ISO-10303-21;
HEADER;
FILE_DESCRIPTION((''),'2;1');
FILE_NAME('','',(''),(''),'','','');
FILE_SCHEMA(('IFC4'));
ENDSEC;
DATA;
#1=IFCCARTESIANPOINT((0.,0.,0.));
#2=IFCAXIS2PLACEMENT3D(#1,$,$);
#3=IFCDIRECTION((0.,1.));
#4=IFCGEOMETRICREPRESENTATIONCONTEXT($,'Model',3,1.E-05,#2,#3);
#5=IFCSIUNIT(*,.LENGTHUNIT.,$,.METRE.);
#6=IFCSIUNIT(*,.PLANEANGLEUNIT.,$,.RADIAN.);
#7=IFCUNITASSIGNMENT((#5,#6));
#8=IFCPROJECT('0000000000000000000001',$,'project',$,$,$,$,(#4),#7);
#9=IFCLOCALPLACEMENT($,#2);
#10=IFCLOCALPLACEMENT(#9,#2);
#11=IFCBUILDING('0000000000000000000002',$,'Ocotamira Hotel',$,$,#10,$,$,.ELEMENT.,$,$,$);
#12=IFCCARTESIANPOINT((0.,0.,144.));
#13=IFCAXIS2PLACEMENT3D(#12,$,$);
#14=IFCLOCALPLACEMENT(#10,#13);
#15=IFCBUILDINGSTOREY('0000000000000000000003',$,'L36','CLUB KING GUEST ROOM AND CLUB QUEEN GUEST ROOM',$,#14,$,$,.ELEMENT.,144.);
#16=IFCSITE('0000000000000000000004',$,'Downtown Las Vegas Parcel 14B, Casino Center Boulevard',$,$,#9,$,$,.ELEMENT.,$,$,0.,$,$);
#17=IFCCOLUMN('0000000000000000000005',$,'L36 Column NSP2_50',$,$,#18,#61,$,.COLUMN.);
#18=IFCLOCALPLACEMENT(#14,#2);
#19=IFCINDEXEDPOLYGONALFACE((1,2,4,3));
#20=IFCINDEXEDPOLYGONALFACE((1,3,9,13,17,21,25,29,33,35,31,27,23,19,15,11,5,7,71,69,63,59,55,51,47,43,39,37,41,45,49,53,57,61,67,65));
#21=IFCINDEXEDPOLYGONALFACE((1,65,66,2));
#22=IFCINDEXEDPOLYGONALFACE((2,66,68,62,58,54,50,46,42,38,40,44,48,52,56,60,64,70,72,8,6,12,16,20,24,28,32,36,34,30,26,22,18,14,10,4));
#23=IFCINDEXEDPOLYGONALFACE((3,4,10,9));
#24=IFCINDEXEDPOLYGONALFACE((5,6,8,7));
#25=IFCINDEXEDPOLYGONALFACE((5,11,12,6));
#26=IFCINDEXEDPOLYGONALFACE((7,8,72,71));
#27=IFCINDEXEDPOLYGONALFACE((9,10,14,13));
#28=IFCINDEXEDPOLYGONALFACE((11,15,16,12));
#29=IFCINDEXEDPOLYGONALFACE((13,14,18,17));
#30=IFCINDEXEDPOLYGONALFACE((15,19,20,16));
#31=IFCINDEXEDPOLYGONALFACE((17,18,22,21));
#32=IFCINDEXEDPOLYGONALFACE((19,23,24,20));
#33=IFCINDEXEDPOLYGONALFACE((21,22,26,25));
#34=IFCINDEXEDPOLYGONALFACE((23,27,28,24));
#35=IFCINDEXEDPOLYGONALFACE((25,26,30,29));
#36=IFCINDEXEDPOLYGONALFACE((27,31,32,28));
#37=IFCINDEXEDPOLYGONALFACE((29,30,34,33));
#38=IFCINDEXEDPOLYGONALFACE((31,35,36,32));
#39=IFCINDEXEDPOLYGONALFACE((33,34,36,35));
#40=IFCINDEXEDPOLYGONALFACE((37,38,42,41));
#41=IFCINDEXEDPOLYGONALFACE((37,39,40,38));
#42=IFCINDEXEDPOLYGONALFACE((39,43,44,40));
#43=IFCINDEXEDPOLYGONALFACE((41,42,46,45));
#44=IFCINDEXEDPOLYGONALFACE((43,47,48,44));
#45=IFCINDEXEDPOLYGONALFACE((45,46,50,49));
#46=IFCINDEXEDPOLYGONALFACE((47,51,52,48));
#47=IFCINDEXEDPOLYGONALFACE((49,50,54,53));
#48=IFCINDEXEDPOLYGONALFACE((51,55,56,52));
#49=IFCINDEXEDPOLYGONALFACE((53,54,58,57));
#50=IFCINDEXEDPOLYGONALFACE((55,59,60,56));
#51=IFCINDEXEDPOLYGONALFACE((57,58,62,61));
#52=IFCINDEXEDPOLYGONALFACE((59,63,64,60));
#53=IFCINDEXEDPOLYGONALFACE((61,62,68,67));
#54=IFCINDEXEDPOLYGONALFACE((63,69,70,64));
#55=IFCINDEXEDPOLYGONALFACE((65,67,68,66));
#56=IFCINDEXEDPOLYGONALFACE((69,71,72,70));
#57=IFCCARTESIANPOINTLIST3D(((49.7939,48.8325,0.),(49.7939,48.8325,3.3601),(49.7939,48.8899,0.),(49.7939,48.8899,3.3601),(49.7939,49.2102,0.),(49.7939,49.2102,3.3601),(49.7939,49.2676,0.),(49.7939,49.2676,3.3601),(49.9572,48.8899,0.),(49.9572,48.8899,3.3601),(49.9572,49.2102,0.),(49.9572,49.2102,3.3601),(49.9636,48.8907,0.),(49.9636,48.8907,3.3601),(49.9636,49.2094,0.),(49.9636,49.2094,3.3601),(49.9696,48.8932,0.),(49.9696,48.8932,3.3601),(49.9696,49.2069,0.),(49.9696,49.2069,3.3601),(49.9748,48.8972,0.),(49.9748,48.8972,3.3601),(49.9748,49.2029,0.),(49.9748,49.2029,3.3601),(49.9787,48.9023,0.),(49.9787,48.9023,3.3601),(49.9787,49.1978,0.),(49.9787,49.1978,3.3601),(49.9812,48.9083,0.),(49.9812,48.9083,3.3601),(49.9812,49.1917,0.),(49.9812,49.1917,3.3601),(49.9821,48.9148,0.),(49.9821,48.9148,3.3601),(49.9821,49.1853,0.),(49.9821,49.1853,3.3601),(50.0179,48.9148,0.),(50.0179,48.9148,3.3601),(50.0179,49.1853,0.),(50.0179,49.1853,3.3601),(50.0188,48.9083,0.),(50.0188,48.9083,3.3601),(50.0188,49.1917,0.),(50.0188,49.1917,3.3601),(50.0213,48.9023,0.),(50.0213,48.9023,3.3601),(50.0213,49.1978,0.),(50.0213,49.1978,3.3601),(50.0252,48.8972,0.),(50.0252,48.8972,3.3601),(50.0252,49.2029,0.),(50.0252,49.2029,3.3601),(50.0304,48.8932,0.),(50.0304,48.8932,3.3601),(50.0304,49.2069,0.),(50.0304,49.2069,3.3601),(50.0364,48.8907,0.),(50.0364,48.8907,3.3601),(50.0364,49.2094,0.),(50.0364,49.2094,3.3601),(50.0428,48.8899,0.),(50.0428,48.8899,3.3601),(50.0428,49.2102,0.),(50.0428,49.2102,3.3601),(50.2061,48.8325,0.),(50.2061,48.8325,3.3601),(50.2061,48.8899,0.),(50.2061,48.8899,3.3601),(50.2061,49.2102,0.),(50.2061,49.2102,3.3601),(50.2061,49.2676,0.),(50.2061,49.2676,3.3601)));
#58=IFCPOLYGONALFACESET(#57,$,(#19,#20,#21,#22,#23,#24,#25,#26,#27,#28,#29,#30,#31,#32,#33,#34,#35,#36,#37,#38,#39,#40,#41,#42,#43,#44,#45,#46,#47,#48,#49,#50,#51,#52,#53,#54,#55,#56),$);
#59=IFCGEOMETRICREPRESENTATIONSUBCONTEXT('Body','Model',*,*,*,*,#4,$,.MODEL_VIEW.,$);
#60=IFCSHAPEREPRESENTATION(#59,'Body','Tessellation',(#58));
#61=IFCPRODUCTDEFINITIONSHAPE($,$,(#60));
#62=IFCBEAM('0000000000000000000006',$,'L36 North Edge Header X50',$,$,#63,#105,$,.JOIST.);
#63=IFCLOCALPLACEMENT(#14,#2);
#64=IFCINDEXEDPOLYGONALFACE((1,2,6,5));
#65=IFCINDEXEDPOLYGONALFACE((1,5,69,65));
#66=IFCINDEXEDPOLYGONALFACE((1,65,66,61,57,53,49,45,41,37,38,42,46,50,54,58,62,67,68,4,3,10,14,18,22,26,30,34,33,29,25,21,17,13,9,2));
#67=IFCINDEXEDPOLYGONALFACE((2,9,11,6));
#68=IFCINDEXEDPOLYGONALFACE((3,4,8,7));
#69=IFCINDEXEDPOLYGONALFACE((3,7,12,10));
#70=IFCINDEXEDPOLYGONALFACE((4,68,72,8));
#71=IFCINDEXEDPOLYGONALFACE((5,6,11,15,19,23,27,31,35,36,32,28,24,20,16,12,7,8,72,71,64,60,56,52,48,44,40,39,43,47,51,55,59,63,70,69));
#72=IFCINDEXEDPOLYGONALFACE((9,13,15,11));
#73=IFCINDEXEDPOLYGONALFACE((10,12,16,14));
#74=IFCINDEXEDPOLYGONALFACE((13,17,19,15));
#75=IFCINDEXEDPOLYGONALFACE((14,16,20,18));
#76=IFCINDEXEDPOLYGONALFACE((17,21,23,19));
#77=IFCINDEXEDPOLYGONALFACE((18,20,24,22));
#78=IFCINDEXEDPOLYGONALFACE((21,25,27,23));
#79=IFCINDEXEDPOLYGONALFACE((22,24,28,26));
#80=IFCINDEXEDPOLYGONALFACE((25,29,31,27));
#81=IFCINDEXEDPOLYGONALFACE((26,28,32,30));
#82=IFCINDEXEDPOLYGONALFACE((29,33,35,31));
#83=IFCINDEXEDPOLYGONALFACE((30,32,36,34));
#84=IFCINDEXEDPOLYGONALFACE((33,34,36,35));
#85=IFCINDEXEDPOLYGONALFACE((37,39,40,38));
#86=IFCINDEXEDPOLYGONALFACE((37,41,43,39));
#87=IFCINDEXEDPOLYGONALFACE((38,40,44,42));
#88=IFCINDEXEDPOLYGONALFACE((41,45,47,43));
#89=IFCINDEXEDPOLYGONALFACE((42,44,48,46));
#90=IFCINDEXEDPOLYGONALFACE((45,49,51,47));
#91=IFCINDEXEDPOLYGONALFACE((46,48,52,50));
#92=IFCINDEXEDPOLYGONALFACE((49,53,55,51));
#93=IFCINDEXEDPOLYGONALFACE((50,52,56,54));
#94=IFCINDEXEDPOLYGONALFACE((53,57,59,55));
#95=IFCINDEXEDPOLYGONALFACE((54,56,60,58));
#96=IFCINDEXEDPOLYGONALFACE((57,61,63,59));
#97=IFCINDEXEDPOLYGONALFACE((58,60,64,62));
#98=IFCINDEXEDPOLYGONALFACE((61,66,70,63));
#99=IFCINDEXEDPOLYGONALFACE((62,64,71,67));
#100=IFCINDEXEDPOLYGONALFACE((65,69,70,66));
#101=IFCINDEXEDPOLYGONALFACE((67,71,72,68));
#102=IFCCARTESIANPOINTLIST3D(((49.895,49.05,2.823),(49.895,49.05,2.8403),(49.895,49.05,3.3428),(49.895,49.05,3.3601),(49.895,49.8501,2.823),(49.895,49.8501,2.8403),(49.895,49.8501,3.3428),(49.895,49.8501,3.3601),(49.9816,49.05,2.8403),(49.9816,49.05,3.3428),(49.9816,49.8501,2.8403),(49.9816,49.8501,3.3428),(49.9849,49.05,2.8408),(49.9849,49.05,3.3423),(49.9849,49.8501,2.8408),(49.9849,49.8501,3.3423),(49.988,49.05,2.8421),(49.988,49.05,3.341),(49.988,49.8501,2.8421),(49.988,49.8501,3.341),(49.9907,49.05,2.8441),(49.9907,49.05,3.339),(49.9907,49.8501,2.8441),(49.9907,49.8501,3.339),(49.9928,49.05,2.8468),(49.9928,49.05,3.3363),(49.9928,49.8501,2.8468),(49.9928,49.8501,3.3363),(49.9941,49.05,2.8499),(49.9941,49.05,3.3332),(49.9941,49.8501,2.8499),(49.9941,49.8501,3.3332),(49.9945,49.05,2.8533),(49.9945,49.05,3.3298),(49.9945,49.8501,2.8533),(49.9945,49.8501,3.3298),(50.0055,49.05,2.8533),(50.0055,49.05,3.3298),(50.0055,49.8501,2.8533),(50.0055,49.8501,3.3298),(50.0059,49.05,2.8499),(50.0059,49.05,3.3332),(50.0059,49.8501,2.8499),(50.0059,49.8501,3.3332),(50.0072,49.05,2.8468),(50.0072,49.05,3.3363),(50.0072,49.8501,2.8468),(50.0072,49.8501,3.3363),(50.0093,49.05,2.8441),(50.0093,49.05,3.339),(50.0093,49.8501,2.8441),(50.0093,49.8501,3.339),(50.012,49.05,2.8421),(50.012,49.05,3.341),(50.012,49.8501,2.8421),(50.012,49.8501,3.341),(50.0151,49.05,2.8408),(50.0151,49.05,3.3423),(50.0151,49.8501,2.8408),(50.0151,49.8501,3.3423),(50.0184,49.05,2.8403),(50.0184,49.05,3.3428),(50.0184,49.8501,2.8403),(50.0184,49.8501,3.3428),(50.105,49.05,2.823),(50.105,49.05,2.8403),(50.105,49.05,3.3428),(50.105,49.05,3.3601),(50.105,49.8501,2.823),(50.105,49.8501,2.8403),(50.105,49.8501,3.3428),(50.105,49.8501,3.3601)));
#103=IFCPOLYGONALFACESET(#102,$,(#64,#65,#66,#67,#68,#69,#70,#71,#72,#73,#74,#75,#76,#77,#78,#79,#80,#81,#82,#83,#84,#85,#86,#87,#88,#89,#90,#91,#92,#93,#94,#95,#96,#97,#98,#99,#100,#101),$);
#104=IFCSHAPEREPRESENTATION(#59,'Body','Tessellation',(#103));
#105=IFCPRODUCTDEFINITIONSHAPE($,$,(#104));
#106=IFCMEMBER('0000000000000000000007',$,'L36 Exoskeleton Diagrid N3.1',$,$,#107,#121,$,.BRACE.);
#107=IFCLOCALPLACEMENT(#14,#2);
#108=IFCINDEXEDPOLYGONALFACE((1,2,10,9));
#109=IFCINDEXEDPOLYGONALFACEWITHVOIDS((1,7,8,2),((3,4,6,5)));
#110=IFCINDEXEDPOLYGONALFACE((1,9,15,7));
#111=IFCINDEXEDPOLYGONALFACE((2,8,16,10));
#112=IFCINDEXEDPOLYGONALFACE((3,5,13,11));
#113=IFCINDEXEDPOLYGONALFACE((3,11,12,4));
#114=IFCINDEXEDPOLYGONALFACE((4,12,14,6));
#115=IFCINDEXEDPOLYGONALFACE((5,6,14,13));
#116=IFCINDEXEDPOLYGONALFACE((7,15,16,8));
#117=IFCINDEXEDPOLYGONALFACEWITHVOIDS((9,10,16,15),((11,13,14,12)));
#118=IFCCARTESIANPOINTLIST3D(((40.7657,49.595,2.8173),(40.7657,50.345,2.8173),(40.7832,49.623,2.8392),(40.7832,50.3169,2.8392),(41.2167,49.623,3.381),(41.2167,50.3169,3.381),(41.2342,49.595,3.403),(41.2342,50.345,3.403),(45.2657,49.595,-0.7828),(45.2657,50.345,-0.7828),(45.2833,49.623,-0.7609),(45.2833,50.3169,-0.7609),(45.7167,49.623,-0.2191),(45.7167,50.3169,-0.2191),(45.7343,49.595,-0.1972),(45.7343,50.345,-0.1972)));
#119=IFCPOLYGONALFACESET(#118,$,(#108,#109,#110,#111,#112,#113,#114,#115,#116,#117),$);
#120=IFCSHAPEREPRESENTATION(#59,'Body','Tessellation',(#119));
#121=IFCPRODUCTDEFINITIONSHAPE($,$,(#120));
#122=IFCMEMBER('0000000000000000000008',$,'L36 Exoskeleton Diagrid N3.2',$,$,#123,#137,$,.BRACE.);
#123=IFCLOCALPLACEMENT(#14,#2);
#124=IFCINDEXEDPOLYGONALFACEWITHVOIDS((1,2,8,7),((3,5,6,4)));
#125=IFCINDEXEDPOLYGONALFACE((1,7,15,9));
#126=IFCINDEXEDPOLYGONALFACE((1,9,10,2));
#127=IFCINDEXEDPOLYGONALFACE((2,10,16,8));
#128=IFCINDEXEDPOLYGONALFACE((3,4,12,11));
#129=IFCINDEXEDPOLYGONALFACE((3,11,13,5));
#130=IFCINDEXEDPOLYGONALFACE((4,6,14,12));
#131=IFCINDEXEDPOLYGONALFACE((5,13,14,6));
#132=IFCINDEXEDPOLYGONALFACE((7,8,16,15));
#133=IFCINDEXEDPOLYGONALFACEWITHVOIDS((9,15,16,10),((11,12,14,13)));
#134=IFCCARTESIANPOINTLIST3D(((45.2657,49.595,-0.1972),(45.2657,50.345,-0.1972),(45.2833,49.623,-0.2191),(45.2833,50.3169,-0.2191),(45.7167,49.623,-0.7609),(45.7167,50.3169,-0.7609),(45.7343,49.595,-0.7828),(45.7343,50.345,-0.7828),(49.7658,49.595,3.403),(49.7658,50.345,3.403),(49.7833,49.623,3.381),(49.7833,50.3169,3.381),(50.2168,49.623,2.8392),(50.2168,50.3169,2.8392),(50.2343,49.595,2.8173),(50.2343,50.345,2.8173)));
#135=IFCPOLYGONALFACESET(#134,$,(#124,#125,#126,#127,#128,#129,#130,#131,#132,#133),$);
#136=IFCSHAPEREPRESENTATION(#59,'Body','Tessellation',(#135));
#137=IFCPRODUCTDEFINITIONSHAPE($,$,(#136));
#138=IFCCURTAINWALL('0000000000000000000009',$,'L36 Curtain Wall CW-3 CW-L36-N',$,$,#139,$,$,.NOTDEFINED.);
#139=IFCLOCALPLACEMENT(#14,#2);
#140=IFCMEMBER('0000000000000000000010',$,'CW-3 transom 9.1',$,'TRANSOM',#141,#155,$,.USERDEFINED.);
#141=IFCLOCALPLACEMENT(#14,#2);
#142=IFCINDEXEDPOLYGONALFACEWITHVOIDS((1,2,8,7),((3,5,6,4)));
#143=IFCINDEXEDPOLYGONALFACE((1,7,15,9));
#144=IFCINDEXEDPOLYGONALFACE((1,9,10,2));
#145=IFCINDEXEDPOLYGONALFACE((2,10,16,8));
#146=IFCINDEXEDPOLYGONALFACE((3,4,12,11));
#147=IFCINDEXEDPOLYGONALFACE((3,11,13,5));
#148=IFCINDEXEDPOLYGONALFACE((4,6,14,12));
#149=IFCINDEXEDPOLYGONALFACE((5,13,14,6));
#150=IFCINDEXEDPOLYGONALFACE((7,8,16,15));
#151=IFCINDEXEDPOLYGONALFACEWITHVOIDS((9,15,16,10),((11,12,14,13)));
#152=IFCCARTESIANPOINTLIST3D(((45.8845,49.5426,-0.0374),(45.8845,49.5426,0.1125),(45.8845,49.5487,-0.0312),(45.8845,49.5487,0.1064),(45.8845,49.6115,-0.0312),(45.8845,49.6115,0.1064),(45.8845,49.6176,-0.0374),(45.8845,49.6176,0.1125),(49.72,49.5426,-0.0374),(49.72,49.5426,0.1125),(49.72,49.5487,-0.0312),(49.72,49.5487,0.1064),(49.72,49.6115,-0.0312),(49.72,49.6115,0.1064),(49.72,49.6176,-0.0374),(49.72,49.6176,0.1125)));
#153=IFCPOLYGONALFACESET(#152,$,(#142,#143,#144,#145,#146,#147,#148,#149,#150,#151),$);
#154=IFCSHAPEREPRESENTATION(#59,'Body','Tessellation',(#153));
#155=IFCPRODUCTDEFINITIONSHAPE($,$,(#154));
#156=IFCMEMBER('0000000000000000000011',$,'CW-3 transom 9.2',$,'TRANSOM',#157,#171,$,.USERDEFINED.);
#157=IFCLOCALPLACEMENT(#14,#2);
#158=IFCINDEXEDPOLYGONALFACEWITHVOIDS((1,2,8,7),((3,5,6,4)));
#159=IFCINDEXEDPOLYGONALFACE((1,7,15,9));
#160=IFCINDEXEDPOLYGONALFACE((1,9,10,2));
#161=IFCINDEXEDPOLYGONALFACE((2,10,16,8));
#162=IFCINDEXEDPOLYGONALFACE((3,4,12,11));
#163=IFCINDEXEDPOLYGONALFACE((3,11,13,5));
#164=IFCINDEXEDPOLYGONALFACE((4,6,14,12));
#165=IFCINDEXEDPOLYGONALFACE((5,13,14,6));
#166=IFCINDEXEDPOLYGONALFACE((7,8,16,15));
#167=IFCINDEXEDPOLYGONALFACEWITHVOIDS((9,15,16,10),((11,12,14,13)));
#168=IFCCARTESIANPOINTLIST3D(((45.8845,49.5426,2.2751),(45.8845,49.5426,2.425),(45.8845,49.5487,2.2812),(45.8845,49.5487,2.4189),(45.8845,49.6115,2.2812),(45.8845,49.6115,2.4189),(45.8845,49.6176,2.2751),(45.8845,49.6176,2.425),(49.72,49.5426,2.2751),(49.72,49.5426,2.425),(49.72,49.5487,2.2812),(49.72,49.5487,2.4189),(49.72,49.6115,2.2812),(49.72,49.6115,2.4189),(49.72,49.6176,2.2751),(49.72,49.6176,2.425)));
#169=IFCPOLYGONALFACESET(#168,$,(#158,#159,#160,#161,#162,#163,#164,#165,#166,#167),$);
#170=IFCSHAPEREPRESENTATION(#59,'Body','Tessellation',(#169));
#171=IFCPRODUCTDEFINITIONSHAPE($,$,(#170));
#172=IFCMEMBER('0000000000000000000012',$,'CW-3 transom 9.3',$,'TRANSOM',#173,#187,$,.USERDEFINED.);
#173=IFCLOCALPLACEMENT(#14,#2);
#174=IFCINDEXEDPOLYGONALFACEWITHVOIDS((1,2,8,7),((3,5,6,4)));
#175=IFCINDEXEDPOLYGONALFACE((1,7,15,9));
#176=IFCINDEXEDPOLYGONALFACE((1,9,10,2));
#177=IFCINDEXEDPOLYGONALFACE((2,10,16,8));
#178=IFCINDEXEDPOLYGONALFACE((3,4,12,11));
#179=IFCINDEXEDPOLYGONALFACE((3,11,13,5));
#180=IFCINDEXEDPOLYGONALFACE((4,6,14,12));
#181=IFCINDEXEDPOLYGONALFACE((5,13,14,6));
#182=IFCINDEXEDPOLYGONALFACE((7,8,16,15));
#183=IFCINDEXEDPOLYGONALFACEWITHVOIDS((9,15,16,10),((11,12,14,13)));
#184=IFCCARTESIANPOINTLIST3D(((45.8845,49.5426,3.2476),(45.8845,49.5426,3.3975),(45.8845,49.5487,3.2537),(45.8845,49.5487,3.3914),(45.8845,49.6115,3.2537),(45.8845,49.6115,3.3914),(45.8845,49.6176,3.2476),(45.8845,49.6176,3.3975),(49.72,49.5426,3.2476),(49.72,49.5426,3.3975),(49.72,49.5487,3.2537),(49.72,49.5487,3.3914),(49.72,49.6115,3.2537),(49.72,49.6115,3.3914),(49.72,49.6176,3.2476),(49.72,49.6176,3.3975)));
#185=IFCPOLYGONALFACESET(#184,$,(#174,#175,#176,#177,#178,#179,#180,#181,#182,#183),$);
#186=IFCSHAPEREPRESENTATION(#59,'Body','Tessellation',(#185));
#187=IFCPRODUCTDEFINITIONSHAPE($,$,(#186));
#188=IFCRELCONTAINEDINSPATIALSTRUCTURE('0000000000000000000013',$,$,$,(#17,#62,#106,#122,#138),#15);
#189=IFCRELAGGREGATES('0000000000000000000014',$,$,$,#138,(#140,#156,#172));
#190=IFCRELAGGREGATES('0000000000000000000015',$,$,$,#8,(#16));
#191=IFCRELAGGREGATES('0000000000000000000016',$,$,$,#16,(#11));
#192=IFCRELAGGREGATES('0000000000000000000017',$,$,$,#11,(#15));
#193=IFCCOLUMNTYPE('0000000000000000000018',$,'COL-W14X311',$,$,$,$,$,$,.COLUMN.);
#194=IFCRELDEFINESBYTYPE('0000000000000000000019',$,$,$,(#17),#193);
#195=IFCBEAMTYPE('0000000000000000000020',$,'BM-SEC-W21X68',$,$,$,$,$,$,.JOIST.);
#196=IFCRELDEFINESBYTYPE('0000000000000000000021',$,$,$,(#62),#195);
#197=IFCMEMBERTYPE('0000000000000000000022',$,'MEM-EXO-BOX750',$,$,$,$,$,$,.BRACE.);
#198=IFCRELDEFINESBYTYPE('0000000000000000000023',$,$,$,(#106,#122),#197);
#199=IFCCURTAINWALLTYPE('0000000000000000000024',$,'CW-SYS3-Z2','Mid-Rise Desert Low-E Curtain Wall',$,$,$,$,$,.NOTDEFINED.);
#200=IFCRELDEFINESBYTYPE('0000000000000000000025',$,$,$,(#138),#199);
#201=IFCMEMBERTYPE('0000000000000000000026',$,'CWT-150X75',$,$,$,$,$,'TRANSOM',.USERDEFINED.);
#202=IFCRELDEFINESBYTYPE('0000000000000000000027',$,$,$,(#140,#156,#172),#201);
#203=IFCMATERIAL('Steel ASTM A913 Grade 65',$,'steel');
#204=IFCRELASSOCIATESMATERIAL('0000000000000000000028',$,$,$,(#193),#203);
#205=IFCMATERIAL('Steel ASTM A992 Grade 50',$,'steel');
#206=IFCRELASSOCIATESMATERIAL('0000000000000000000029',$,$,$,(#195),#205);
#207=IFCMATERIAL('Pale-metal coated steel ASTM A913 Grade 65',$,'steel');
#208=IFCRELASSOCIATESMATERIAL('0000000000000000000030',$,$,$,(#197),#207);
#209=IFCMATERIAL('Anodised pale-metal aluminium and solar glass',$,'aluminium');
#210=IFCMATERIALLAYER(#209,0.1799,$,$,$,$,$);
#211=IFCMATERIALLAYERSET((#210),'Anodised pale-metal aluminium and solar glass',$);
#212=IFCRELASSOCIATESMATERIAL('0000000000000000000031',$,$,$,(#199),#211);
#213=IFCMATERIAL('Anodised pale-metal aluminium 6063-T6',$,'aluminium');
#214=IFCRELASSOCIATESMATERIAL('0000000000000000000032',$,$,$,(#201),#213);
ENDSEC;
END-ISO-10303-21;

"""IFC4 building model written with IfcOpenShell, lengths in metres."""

from ifc_helpers import new_model, si_unit, direction, frame, origin, origin_2d, place, context, subcontext, project, spatial, hollow_rectangle, i_section, extrude, source, transform, mapped, material, layer, layer_set, material_profile, profile_set, type_object, element, aggregate, save


model = new_model("IFC4")

# Units and contexts
model_context = context("Model", 3, precision=1e-05, world=origin(), true_north=direction((0.0, 1.0)))
body_context = subcontext(model_context, "Body", "Model", "MODEL_VIEW")
ifc_project = project(units=[si_unit("LENGTHUNIT", "METRE"), si_unit("PLANEANGLEUNIT", "RADIAN")], contexts=[model_context])

# Site, building, storey
site_placement = place(None, origin())
site = spatial("IfcSite", under=ifc_project, at=site_placement, Name="Downtown Las Vegas Parcel 14B, Casino Center Boulevard", CompositionType="ELEMENT", RefElevation=0.0)
building_placement = place(site_placement, origin())
building = spatial("IfcBuilding", under=site, at=building_placement, Name="Ocotamira Hotel", CompositionType="ELEMENT")
storey_placement = place(building_placement, frame((0.0, 0.0, 144.0)))
storey = spatial("IfcBuildingStorey", under=building, at=storey_placement, Name="L36", Description="CLUB KING GUEST ROOM AND CLUB QUEEN GUEST ROOM", CompositionType="ELEMENT", Elevation=144.0)

# Column
ifc_material_1 = material(Name="Steel ASTM A913 Grade 65", Category="steel")
ifc_material_profile_1 = material_profile(ifc_material_1, i_section(OverallWidth=0.4121, OverallDepth=0.4351, WebThickness=0.0359, FlangeThickness=0.0574, FilletRadius=0.0249, at=origin_2d()), Name="W14X311")
ifc_profile_set_1 = profile_set([ifc_material_profile_1], Name="Steel ASTM A913 Grade 65")
column_type = type_object("IfcColumnType", Name="COL-W14X311", PredefinedType="COLUMN", material=ifc_profile_set_1)
shared_shape_1 = source(origin(), body_context, "Body", "SweptSolid", [
    extrude(i_section(OverallWidth=0.4121, OverallDepth=0.4351, WebThickness=0.0359, FlangeThickness=0.0574, FilletRadius=0.0249, at=origin_2d()), origin(), (0.0, 0.0, 1.0), 3.3601),
])
column_placement = place(storey_placement, frame((50.0, 49.05, 0.0), z_axis=(0.0, 0.0, 1.0), x_axis=(1.0, 0.0, 0.0)))
element("IfcColumn", 1, at=column_placement, inside=storey, type_object=column_type, Name="L36 Column NSP2_50", PredefinedType="COLUMN", context=body_context, shape_type="MappedRepresentation", body=[
    mapped(shared_shape_1, transform((0.0, 0.0, 0.0), scale=1.0)),
])

# Beam
ifc_material_2 = material(Name="Steel ASTM A992 Grade 50", Category="steel")
ifc_material_profile_2 = material_profile(ifc_material_2, i_section(OverallWidth=0.21, OverallDepth=0.5371, WebThickness=0.011, FlangeThickness=0.0173, FilletRadius=0.0129, at=origin_2d()), Name="W21X68")
ifc_profile_set_2 = profile_set([ifc_material_profile_2], Name="Steel ASTM A992 Grade 50")
beam_type = type_object("IfcBeamType", Name="BM-SEC-W21X68", PredefinedType="JOIST", material=ifc_profile_set_2)
shared_shape_2 = source(origin(), body_context, "Body", "SweptSolid", [
    extrude(i_section(OverallWidth=0.21, OverallDepth=0.5371, WebThickness=0.011, FlangeThickness=0.0173, FilletRadius=0.0129, at=origin_2d()), origin(), (0.0, 0.0, 1.0), 0.8),
])
beam_placement = place(storey_placement, frame((50.0, 49.05, 3.0916), z_axis=(0.0, 1.0, 0.0), x_axis=(-1.0, 0.0, 0.0)))
element("IfcBeam", 2, at=beam_placement, inside=storey, type_object=beam_type, Name="L36 North Edge Header X50", PredefinedType="JOIST", context=body_context, shape_type="MappedRepresentation", body=[
    mapped(shared_shape_2, transform((0.0, 0.0, 0.0), scale=1.0)),
])

# Members
ifc_material_3 = material(Name="Pale-metal coated steel ASTM A913 Grade 65", Category="steel")
ifc_material_profile_3 = material_profile(ifc_material_3, hollow_rectangle(XDim=0.75, YDim=0.75, WallThickness=0.0281, at=origin_2d()), Name="BOX750X750X28")
ifc_profile_set_3 = profile_set([ifc_material_profile_3], Name="Pale-metal coated steel ASTM A913 Grade 65")
member_type_1 = type_object("IfcMemberType", Name="MEM-EXO-BOX750", PredefinedType="BRACE", material=ifc_profile_set_3)
shared_shape_3 = source(origin(), body_context, "Body", "SweptSolid", [
    extrude(hollow_rectangle(XDim=0.75, YDim=0.75, WallThickness=0.0281, at=origin_2d()), origin(), (0.0, 0.0, 1.0), 5.7629),
])
for number, where, z_axis, x_axis, name in (
    (3, (45.5, 49.97, -0.49), (-0.780861, 0.0, 0.624705), (0.0, -1.0, 0.0), "L36 Exoskeleton Diagrid N3.1"),
    (4, (45.5, 49.97, -0.49), (0.780861, 0.0, 0.624705), (0.0, 1.0, 0.0), "L36 Exoskeleton Diagrid N3.2"),
):
    element("IfcMember", number, at=place(storey_placement, frame(where, z_axis=z_axis, x_axis=x_axis)), inside=storey, type_object=member_type_1, Name=name, PredefinedType="BRACE", context=body_context, shape_type="MappedRepresentation", body=[
        mapped(shared_shape_3, transform((0.0, 0.0, 0.0), scale=1.0)),
    ])

# Curtain wall, members
ifc_material_4 = material(Name="Anodised pale-metal aluminium and solar glass", Category="aluminium")
ifc_layer_1 = layer(ifc_material_4, 0.1799)
ifc_layer_set_1 = layer_set([ifc_layer_1], Name="Anodised pale-metal aluminium and solar glass")
curtain_wall_type = type_object("IfcCurtainWallType", Name="CW-SYS3-Z2", Description="Mid-Rise Desert Low-E Curtain Wall", PredefinedType="NOTDEFINED", material=ifc_layer_set_1)
curtain_wall_placement = place(storey_placement, origin())
curtain_wall = element("IfcCurtainWall", 5, at=curtain_wall_placement, inside=storey, type_object=curtain_wall_type, Name="L36 Curtain Wall CW-3 CW-L36-N", PredefinedType="NOTDEFINED")
ifc_material_5 = material(Name="Anodised pale-metal aluminium 6063-T6", Category="aluminium")
ifc_material_profile_4 = material_profile(ifc_material_5, hollow_rectangle(XDim=0.075, YDim=0.1499, WallThickness=0.0061, at=origin_2d()), Name="HSS150X75X6")
ifc_profile_set_4 = profile_set([ifc_material_profile_4], Name="Anodised pale-metal aluminium 6063-T6")
member_type_2 = type_object("IfcMemberType", Name="CWT-150X75", ElementType="TRANSOM", PredefinedType="USERDEFINED", material=ifc_profile_set_4)
shared_shape_4 = source(origin(), body_context, "Body", "SweptSolid", [
    extrude(hollow_rectangle(XDim=0.075, YDim=0.1499, WallThickness=0.0061, at=origin_2d()), origin(), (0.0, 0.0, 1.0), 3.8354),
])
member_1_placement = place(storey_placement, frame((45.8845, 49.5801, 0.0376), z_axis=(1.0, 0.0, 0.0), x_axis=(0.0, 1.0, 0.0)))
member_1 = element("IfcMember", 6, at=member_1_placement, type_object=member_type_2, Name="CW-3 transom 9.1", ObjectType="TRANSOM", PredefinedType="USERDEFINED", context=body_context, shape_type="MappedRepresentation", body=[
    mapped(shared_shape_4, transform((0.0, 0.0, 0.0), scale=1.0)),
])
member_2_placement = place(storey_placement, frame((45.8845, 49.5801, 2.3501), z_axis=(1.0, 0.0, 0.0), x_axis=(0.0, 1.0, 0.0)))
member_2 = element("IfcMember", 7, at=member_2_placement, type_object=member_type_2, Name="CW-3 transom 9.2", ObjectType="TRANSOM", PredefinedType="USERDEFINED", context=body_context, shape_type="MappedRepresentation", body=[
    mapped(shared_shape_4, transform((0.0, 0.0, 0.0), scale=1.0)),
])
member_3_placement = place(storey_placement, frame((45.8845, 49.5801, 3.3225), z_axis=(1.0, 0.0, 0.0), x_axis=(0.0, 1.0, 0.0)))
member_3 = element("IfcMember", 8, at=member_3_placement, type_object=member_type_2, Name="CW-3 transom 9.3", ObjectType="TRANSOM", PredefinedType="USERDEFINED", context=body_context, shape_type="MappedRepresentation", body=[
    mapped(shared_shape_4, transform((0.0, 0.0, 0.0), scale=1.0)),
])

aggregate(curtain_wall, [member_1, member_2, member_3])

save(model, "model.ifc")
